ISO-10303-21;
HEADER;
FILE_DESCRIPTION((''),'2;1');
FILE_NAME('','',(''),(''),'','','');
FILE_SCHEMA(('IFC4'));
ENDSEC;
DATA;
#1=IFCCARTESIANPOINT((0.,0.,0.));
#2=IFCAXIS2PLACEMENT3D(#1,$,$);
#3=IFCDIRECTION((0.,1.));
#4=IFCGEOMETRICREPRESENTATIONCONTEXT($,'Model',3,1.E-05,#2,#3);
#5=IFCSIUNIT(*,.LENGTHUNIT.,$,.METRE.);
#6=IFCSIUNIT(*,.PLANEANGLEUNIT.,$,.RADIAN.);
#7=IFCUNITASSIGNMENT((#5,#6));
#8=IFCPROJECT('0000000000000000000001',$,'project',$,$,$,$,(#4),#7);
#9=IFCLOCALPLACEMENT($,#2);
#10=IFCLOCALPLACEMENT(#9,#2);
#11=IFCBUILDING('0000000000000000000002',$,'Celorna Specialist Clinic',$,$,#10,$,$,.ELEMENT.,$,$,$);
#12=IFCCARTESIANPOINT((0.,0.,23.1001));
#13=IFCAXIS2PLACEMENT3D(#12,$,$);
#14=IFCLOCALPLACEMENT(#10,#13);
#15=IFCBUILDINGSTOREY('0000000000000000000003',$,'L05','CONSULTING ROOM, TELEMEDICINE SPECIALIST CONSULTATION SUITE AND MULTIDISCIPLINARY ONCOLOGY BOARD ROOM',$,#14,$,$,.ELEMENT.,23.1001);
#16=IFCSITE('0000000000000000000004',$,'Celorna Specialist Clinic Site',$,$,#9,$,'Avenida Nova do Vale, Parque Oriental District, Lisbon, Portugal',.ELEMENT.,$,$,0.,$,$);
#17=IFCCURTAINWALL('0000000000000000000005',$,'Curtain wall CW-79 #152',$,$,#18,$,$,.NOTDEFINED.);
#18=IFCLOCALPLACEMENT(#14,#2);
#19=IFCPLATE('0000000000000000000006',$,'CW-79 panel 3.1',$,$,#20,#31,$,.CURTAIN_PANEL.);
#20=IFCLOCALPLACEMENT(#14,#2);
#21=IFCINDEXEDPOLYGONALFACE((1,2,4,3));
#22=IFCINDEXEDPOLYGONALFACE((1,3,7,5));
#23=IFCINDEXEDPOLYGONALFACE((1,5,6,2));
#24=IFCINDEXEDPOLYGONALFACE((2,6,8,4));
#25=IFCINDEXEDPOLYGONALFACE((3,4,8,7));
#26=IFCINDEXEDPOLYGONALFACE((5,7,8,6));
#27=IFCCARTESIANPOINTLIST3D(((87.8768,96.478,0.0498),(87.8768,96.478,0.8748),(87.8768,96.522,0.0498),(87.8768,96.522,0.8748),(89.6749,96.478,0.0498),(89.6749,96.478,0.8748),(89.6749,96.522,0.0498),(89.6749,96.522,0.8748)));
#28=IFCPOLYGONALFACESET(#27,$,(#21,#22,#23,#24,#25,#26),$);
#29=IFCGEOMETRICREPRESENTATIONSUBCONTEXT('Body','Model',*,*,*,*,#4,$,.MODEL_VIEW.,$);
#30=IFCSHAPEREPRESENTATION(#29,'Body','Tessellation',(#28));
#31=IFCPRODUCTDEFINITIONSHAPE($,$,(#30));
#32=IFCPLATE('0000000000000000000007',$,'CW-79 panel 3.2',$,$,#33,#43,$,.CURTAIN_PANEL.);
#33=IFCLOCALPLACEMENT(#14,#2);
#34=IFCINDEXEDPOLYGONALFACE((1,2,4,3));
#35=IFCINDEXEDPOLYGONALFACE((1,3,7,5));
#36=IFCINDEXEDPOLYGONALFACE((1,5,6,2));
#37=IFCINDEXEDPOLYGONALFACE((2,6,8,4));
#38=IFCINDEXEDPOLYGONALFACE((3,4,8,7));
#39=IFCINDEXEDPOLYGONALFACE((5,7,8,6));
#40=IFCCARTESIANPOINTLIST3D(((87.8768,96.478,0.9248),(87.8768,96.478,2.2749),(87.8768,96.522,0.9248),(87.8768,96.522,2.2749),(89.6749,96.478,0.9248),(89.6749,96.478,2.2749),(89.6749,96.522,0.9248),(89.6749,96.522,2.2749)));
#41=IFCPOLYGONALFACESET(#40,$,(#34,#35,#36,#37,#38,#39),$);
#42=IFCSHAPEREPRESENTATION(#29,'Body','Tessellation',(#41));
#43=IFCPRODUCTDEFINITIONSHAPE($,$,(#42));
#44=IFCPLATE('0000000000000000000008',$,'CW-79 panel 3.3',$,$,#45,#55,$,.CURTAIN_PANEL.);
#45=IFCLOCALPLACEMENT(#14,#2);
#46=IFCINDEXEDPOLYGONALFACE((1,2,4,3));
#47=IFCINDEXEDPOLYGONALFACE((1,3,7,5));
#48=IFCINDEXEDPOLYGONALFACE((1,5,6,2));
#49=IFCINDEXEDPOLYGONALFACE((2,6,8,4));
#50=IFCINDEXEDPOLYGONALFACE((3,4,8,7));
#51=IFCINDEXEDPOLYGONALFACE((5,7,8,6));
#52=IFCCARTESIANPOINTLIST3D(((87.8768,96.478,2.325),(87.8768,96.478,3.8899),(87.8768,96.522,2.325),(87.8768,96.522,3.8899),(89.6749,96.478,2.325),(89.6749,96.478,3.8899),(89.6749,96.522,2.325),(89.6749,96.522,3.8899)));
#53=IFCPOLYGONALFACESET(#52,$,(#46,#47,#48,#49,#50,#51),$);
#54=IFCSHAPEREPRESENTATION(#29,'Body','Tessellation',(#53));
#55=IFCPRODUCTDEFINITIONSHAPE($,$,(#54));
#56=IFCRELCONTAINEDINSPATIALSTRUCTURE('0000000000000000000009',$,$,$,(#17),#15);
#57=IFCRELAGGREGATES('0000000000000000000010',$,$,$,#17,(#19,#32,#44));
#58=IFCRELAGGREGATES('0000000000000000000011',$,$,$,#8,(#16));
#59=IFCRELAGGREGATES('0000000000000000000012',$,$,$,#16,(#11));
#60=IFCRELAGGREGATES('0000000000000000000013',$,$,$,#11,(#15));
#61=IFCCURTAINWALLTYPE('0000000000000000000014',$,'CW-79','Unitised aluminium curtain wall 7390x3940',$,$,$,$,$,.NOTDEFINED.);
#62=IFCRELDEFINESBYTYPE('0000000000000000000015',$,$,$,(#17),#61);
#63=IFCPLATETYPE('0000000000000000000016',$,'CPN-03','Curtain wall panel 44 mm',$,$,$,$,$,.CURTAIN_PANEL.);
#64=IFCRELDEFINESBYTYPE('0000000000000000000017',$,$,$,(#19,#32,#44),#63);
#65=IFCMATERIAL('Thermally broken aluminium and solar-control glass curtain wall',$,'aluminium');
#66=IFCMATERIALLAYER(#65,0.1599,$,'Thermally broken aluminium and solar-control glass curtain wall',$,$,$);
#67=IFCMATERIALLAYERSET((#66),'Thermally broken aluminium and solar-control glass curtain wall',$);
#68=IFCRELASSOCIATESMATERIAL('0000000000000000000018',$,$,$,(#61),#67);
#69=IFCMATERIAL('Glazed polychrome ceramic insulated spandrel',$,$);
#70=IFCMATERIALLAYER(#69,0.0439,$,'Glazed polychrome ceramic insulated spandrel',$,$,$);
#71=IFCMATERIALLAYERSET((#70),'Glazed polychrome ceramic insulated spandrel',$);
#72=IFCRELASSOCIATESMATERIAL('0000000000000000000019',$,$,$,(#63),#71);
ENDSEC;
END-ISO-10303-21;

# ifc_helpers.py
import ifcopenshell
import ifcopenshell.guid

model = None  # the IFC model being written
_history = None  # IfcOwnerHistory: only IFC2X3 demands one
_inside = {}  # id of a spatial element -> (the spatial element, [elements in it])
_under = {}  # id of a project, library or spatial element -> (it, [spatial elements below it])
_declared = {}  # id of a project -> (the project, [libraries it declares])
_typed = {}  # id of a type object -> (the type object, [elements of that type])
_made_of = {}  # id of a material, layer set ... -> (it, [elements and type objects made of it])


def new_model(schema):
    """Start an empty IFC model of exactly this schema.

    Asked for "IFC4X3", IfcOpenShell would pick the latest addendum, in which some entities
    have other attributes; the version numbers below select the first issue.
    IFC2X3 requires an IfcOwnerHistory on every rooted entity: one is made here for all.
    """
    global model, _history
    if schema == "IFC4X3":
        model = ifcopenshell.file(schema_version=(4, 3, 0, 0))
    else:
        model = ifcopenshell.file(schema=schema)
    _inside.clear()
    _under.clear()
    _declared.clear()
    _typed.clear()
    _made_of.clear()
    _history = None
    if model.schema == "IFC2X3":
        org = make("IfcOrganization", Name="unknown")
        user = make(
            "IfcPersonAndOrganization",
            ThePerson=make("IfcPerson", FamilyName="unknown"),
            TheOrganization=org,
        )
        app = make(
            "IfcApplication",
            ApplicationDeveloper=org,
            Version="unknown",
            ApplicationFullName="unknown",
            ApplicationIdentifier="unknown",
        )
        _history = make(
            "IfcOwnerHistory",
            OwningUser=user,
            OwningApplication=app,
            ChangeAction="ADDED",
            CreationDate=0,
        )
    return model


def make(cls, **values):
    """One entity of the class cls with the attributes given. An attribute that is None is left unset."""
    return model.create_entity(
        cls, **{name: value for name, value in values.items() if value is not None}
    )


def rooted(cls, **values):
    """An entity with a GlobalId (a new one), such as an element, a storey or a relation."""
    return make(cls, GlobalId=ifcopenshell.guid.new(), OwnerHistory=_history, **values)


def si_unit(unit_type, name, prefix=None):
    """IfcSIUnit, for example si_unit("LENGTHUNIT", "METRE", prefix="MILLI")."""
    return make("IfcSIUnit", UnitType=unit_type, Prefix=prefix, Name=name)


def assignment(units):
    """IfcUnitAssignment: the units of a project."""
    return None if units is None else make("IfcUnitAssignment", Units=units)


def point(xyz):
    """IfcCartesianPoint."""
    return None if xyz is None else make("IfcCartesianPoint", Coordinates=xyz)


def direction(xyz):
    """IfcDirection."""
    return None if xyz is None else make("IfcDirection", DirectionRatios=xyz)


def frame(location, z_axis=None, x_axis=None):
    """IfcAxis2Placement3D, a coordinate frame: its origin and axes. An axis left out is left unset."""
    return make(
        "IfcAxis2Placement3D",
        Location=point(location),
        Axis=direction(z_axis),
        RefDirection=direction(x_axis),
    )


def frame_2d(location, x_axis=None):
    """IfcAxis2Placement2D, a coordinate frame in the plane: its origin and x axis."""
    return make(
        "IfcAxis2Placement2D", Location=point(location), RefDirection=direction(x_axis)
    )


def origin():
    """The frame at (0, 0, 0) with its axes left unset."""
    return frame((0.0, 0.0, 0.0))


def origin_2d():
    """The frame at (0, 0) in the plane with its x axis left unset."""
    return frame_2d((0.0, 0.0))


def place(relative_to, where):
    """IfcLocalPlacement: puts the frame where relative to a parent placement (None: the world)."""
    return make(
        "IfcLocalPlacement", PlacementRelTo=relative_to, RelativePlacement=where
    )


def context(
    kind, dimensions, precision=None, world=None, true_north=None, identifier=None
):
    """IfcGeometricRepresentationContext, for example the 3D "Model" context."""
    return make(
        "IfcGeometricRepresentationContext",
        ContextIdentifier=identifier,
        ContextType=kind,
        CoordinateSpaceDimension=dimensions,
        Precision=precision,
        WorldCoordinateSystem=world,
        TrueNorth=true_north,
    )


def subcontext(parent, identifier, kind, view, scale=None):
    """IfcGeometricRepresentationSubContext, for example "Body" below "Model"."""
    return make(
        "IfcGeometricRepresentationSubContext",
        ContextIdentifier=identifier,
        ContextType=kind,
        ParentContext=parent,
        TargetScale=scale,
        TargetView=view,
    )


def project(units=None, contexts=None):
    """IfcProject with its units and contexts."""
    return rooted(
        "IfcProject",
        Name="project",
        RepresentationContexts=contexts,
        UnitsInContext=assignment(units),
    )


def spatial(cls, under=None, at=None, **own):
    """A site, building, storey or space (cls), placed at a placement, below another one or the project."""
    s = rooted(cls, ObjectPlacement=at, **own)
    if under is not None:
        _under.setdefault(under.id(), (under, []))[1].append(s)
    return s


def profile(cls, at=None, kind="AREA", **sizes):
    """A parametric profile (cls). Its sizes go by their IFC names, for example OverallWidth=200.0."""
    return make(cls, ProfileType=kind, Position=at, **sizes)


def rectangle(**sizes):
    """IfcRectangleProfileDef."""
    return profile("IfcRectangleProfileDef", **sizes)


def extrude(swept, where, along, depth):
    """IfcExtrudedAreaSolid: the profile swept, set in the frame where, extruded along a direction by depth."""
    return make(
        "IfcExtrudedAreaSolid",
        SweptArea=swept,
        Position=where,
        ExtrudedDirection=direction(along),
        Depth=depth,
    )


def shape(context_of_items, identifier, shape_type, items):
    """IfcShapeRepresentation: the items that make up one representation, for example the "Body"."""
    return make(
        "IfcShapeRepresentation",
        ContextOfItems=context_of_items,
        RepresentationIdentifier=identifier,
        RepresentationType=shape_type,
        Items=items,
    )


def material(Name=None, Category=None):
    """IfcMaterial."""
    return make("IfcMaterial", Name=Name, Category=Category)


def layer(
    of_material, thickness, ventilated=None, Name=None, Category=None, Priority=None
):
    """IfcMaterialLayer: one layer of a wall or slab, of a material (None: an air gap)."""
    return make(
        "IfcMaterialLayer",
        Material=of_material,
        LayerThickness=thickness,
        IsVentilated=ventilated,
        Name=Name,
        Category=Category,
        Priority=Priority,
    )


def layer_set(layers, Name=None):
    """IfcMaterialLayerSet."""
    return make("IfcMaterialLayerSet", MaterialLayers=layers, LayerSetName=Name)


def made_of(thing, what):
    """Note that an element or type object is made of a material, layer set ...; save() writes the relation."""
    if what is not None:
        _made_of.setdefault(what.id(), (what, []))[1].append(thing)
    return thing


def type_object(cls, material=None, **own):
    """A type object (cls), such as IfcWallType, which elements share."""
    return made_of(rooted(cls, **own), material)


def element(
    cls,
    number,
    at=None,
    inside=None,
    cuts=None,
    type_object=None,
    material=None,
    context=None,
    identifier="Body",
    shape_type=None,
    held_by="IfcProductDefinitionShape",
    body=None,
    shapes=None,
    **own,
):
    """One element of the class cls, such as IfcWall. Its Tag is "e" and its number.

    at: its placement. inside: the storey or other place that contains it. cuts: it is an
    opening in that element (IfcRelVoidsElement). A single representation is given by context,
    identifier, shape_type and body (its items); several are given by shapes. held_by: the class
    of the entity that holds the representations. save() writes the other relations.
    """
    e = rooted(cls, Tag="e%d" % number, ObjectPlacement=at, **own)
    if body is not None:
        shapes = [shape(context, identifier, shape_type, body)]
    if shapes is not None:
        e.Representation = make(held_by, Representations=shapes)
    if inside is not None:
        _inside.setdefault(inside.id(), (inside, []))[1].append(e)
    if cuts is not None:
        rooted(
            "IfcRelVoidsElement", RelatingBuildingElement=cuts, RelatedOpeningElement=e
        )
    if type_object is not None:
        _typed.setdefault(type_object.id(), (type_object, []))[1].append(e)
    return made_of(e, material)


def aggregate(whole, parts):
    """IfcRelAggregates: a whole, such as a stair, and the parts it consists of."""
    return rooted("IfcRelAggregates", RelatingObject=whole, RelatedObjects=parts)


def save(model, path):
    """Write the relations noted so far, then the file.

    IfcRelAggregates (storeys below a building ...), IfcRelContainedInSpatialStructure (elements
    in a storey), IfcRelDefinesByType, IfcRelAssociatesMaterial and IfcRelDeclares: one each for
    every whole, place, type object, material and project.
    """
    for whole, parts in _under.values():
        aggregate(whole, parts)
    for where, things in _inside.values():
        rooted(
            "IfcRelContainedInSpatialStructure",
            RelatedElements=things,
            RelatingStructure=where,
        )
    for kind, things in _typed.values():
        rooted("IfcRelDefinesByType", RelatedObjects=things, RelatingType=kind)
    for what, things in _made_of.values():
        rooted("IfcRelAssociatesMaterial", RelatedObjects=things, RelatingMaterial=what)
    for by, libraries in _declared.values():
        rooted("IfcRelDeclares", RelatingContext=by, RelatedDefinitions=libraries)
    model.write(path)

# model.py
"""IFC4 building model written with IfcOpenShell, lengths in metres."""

from ifc_helpers import new_model, si_unit, direction, frame, origin, origin_2d, place, context, subcontext, project, spatial, rectangle, extrude, material, layer, layer_set, type_object, element, aggregate, save


model = new_model("IFC4")

# Units and contexts
model_context = context("Model", 3, precision=1e-05, world=origin(), true_north=direction((0.0, 1.0)))
body_context = subcontext(model_context, "Body", "Model", "MODEL_VIEW")
ifc_project = project(units=[si_unit("LENGTHUNIT", "METRE"), si_unit("PLANEANGLEUNIT", "RADIAN")], contexts=[model_context])

# Site, building, storey
site_placement = place(None, origin())
site = spatial("IfcSite", under=ifc_project, at=site_placement, Name="Celorna Specialist Clinic Site", LongName="Avenida Nova do Vale, Parque Oriental District, Lisbon, Portugal", CompositionType="ELEMENT", RefElevation=0.0)
building_placement = place(site_placement, origin())
building = spatial("IfcBuilding", under=site, at=building_placement, Name="Celorna Specialist Clinic", CompositionType="ELEMENT")
storey_placement = place(building_placement, frame((0.0, 0.0, 23.1001)))
storey = spatial("IfcBuildingStorey", under=building, at=storey_placement, Name="L05", Description="CONSULTING ROOM, TELEMEDICINE SPECIALIST CONSULTATION SUITE AND MULTIDISCIPLINARY ONCOLOGY BOARD ROOM", CompositionType="ELEMENT", Elevation=23.1001)

# Curtain wall, plates
ifc_material_1 = material(Name="Thermally broken aluminium and solar-control glass curtain wall", Category="aluminium")
ifc_layer_1 = layer(ifc_material_1, 0.1599, Name="Thermally broken aluminium and solar-control glass curtain wall")
ifc_layer_set_1 = layer_set([ifc_layer_1], Name="Thermally broken aluminium and solar-control glass curtain wall")
curtain_wall_type = type_object("IfcCurtainWallType", Name="CW-79", Description="Unitised aluminium curtain wall 7390x3940", PredefinedType="NOTDEFINED", material=ifc_layer_set_1)
curtain_wall_placement = place(storey_placement, origin())
curtain_wall = element("IfcCurtainWall", 1, at=curtain_wall_placement, inside=storey, type_object=curtain_wall_type, Name="Curtain wall CW-79 #152", PredefinedType="NOTDEFINED")
ifc_material_2 = material(Name="Glazed polychrome ceramic insulated spandrel")
ifc_layer_2 = layer(ifc_material_2, 0.0439, Name="Glazed polychrome ceramic insulated spandrel")
ifc_layer_set_2 = layer_set([ifc_layer_2], Name="Glazed polychrome ceramic insulated spandrel")
plate_type = type_object("IfcPlateType", Name="CPN-03", Description="Curtain wall panel 44 mm", PredefinedType="CURTAIN_PANEL", material=ifc_layer_set_2)
plate_1_placement = place(storey_placement, frame((88.7759, 96.5, 0.0498), z_axis=(0.0, 0.0, 1.0), x_axis=(-1.0, 0.0, 0.0)))
plate_1 = element("IfcPlate", 2, at=plate_1_placement, type_object=plate_type, Name="CW-79 panel 3.1", PredefinedType="CURTAIN_PANEL", context=body_context, shape_type="SweptSolid", body=[
    extrude(rectangle(XDim=1.7981, YDim=0.0439, at=origin_2d()), origin(), (0.0, 0.0, 1.0), 0.825),
])
plate_2_placement = place(storey_placement, frame((88.7759, 96.5, 0.9248), z_axis=(0.0, 0.0, 1.0), x_axis=(-1.0, 0.0, 0.0)))
plate_2 = element("IfcPlate", 3, at=plate_2_placement, type_object=plate_type, Name="CW-79 panel 3.2", PredefinedType="CURTAIN_PANEL", context=body_context, shape_type="SweptSolid", body=[
    extrude(rectangle(XDim=1.7981, YDim=0.0439, at=origin_2d()), origin(), (0.0, 0.0, 1.0), 1.3501),
])
plate_3_placement = place(storey_placement, frame((88.7759, 96.5, 2.325), z_axis=(0.0, 0.0, 1.0), x_axis=(-1.0, 0.0, 0.0)))
plate_3 = element("IfcPlate", 4, at=plate_3_placement, type_object=plate_type, Name="CW-79 panel 3.3", PredefinedType="CURTAIN_PANEL", context=body_context, shape_type="SweptSolid", body=[
    extrude(rectangle(XDim=1.7981, YDim=0.0439, at=origin_2d()), origin(), (0.0, 0.0, 1.0), 1.5649),
])
aggregate(curtain_wall, [plate_1, plate_2, plate_3])

save(model, "model.ifc")
